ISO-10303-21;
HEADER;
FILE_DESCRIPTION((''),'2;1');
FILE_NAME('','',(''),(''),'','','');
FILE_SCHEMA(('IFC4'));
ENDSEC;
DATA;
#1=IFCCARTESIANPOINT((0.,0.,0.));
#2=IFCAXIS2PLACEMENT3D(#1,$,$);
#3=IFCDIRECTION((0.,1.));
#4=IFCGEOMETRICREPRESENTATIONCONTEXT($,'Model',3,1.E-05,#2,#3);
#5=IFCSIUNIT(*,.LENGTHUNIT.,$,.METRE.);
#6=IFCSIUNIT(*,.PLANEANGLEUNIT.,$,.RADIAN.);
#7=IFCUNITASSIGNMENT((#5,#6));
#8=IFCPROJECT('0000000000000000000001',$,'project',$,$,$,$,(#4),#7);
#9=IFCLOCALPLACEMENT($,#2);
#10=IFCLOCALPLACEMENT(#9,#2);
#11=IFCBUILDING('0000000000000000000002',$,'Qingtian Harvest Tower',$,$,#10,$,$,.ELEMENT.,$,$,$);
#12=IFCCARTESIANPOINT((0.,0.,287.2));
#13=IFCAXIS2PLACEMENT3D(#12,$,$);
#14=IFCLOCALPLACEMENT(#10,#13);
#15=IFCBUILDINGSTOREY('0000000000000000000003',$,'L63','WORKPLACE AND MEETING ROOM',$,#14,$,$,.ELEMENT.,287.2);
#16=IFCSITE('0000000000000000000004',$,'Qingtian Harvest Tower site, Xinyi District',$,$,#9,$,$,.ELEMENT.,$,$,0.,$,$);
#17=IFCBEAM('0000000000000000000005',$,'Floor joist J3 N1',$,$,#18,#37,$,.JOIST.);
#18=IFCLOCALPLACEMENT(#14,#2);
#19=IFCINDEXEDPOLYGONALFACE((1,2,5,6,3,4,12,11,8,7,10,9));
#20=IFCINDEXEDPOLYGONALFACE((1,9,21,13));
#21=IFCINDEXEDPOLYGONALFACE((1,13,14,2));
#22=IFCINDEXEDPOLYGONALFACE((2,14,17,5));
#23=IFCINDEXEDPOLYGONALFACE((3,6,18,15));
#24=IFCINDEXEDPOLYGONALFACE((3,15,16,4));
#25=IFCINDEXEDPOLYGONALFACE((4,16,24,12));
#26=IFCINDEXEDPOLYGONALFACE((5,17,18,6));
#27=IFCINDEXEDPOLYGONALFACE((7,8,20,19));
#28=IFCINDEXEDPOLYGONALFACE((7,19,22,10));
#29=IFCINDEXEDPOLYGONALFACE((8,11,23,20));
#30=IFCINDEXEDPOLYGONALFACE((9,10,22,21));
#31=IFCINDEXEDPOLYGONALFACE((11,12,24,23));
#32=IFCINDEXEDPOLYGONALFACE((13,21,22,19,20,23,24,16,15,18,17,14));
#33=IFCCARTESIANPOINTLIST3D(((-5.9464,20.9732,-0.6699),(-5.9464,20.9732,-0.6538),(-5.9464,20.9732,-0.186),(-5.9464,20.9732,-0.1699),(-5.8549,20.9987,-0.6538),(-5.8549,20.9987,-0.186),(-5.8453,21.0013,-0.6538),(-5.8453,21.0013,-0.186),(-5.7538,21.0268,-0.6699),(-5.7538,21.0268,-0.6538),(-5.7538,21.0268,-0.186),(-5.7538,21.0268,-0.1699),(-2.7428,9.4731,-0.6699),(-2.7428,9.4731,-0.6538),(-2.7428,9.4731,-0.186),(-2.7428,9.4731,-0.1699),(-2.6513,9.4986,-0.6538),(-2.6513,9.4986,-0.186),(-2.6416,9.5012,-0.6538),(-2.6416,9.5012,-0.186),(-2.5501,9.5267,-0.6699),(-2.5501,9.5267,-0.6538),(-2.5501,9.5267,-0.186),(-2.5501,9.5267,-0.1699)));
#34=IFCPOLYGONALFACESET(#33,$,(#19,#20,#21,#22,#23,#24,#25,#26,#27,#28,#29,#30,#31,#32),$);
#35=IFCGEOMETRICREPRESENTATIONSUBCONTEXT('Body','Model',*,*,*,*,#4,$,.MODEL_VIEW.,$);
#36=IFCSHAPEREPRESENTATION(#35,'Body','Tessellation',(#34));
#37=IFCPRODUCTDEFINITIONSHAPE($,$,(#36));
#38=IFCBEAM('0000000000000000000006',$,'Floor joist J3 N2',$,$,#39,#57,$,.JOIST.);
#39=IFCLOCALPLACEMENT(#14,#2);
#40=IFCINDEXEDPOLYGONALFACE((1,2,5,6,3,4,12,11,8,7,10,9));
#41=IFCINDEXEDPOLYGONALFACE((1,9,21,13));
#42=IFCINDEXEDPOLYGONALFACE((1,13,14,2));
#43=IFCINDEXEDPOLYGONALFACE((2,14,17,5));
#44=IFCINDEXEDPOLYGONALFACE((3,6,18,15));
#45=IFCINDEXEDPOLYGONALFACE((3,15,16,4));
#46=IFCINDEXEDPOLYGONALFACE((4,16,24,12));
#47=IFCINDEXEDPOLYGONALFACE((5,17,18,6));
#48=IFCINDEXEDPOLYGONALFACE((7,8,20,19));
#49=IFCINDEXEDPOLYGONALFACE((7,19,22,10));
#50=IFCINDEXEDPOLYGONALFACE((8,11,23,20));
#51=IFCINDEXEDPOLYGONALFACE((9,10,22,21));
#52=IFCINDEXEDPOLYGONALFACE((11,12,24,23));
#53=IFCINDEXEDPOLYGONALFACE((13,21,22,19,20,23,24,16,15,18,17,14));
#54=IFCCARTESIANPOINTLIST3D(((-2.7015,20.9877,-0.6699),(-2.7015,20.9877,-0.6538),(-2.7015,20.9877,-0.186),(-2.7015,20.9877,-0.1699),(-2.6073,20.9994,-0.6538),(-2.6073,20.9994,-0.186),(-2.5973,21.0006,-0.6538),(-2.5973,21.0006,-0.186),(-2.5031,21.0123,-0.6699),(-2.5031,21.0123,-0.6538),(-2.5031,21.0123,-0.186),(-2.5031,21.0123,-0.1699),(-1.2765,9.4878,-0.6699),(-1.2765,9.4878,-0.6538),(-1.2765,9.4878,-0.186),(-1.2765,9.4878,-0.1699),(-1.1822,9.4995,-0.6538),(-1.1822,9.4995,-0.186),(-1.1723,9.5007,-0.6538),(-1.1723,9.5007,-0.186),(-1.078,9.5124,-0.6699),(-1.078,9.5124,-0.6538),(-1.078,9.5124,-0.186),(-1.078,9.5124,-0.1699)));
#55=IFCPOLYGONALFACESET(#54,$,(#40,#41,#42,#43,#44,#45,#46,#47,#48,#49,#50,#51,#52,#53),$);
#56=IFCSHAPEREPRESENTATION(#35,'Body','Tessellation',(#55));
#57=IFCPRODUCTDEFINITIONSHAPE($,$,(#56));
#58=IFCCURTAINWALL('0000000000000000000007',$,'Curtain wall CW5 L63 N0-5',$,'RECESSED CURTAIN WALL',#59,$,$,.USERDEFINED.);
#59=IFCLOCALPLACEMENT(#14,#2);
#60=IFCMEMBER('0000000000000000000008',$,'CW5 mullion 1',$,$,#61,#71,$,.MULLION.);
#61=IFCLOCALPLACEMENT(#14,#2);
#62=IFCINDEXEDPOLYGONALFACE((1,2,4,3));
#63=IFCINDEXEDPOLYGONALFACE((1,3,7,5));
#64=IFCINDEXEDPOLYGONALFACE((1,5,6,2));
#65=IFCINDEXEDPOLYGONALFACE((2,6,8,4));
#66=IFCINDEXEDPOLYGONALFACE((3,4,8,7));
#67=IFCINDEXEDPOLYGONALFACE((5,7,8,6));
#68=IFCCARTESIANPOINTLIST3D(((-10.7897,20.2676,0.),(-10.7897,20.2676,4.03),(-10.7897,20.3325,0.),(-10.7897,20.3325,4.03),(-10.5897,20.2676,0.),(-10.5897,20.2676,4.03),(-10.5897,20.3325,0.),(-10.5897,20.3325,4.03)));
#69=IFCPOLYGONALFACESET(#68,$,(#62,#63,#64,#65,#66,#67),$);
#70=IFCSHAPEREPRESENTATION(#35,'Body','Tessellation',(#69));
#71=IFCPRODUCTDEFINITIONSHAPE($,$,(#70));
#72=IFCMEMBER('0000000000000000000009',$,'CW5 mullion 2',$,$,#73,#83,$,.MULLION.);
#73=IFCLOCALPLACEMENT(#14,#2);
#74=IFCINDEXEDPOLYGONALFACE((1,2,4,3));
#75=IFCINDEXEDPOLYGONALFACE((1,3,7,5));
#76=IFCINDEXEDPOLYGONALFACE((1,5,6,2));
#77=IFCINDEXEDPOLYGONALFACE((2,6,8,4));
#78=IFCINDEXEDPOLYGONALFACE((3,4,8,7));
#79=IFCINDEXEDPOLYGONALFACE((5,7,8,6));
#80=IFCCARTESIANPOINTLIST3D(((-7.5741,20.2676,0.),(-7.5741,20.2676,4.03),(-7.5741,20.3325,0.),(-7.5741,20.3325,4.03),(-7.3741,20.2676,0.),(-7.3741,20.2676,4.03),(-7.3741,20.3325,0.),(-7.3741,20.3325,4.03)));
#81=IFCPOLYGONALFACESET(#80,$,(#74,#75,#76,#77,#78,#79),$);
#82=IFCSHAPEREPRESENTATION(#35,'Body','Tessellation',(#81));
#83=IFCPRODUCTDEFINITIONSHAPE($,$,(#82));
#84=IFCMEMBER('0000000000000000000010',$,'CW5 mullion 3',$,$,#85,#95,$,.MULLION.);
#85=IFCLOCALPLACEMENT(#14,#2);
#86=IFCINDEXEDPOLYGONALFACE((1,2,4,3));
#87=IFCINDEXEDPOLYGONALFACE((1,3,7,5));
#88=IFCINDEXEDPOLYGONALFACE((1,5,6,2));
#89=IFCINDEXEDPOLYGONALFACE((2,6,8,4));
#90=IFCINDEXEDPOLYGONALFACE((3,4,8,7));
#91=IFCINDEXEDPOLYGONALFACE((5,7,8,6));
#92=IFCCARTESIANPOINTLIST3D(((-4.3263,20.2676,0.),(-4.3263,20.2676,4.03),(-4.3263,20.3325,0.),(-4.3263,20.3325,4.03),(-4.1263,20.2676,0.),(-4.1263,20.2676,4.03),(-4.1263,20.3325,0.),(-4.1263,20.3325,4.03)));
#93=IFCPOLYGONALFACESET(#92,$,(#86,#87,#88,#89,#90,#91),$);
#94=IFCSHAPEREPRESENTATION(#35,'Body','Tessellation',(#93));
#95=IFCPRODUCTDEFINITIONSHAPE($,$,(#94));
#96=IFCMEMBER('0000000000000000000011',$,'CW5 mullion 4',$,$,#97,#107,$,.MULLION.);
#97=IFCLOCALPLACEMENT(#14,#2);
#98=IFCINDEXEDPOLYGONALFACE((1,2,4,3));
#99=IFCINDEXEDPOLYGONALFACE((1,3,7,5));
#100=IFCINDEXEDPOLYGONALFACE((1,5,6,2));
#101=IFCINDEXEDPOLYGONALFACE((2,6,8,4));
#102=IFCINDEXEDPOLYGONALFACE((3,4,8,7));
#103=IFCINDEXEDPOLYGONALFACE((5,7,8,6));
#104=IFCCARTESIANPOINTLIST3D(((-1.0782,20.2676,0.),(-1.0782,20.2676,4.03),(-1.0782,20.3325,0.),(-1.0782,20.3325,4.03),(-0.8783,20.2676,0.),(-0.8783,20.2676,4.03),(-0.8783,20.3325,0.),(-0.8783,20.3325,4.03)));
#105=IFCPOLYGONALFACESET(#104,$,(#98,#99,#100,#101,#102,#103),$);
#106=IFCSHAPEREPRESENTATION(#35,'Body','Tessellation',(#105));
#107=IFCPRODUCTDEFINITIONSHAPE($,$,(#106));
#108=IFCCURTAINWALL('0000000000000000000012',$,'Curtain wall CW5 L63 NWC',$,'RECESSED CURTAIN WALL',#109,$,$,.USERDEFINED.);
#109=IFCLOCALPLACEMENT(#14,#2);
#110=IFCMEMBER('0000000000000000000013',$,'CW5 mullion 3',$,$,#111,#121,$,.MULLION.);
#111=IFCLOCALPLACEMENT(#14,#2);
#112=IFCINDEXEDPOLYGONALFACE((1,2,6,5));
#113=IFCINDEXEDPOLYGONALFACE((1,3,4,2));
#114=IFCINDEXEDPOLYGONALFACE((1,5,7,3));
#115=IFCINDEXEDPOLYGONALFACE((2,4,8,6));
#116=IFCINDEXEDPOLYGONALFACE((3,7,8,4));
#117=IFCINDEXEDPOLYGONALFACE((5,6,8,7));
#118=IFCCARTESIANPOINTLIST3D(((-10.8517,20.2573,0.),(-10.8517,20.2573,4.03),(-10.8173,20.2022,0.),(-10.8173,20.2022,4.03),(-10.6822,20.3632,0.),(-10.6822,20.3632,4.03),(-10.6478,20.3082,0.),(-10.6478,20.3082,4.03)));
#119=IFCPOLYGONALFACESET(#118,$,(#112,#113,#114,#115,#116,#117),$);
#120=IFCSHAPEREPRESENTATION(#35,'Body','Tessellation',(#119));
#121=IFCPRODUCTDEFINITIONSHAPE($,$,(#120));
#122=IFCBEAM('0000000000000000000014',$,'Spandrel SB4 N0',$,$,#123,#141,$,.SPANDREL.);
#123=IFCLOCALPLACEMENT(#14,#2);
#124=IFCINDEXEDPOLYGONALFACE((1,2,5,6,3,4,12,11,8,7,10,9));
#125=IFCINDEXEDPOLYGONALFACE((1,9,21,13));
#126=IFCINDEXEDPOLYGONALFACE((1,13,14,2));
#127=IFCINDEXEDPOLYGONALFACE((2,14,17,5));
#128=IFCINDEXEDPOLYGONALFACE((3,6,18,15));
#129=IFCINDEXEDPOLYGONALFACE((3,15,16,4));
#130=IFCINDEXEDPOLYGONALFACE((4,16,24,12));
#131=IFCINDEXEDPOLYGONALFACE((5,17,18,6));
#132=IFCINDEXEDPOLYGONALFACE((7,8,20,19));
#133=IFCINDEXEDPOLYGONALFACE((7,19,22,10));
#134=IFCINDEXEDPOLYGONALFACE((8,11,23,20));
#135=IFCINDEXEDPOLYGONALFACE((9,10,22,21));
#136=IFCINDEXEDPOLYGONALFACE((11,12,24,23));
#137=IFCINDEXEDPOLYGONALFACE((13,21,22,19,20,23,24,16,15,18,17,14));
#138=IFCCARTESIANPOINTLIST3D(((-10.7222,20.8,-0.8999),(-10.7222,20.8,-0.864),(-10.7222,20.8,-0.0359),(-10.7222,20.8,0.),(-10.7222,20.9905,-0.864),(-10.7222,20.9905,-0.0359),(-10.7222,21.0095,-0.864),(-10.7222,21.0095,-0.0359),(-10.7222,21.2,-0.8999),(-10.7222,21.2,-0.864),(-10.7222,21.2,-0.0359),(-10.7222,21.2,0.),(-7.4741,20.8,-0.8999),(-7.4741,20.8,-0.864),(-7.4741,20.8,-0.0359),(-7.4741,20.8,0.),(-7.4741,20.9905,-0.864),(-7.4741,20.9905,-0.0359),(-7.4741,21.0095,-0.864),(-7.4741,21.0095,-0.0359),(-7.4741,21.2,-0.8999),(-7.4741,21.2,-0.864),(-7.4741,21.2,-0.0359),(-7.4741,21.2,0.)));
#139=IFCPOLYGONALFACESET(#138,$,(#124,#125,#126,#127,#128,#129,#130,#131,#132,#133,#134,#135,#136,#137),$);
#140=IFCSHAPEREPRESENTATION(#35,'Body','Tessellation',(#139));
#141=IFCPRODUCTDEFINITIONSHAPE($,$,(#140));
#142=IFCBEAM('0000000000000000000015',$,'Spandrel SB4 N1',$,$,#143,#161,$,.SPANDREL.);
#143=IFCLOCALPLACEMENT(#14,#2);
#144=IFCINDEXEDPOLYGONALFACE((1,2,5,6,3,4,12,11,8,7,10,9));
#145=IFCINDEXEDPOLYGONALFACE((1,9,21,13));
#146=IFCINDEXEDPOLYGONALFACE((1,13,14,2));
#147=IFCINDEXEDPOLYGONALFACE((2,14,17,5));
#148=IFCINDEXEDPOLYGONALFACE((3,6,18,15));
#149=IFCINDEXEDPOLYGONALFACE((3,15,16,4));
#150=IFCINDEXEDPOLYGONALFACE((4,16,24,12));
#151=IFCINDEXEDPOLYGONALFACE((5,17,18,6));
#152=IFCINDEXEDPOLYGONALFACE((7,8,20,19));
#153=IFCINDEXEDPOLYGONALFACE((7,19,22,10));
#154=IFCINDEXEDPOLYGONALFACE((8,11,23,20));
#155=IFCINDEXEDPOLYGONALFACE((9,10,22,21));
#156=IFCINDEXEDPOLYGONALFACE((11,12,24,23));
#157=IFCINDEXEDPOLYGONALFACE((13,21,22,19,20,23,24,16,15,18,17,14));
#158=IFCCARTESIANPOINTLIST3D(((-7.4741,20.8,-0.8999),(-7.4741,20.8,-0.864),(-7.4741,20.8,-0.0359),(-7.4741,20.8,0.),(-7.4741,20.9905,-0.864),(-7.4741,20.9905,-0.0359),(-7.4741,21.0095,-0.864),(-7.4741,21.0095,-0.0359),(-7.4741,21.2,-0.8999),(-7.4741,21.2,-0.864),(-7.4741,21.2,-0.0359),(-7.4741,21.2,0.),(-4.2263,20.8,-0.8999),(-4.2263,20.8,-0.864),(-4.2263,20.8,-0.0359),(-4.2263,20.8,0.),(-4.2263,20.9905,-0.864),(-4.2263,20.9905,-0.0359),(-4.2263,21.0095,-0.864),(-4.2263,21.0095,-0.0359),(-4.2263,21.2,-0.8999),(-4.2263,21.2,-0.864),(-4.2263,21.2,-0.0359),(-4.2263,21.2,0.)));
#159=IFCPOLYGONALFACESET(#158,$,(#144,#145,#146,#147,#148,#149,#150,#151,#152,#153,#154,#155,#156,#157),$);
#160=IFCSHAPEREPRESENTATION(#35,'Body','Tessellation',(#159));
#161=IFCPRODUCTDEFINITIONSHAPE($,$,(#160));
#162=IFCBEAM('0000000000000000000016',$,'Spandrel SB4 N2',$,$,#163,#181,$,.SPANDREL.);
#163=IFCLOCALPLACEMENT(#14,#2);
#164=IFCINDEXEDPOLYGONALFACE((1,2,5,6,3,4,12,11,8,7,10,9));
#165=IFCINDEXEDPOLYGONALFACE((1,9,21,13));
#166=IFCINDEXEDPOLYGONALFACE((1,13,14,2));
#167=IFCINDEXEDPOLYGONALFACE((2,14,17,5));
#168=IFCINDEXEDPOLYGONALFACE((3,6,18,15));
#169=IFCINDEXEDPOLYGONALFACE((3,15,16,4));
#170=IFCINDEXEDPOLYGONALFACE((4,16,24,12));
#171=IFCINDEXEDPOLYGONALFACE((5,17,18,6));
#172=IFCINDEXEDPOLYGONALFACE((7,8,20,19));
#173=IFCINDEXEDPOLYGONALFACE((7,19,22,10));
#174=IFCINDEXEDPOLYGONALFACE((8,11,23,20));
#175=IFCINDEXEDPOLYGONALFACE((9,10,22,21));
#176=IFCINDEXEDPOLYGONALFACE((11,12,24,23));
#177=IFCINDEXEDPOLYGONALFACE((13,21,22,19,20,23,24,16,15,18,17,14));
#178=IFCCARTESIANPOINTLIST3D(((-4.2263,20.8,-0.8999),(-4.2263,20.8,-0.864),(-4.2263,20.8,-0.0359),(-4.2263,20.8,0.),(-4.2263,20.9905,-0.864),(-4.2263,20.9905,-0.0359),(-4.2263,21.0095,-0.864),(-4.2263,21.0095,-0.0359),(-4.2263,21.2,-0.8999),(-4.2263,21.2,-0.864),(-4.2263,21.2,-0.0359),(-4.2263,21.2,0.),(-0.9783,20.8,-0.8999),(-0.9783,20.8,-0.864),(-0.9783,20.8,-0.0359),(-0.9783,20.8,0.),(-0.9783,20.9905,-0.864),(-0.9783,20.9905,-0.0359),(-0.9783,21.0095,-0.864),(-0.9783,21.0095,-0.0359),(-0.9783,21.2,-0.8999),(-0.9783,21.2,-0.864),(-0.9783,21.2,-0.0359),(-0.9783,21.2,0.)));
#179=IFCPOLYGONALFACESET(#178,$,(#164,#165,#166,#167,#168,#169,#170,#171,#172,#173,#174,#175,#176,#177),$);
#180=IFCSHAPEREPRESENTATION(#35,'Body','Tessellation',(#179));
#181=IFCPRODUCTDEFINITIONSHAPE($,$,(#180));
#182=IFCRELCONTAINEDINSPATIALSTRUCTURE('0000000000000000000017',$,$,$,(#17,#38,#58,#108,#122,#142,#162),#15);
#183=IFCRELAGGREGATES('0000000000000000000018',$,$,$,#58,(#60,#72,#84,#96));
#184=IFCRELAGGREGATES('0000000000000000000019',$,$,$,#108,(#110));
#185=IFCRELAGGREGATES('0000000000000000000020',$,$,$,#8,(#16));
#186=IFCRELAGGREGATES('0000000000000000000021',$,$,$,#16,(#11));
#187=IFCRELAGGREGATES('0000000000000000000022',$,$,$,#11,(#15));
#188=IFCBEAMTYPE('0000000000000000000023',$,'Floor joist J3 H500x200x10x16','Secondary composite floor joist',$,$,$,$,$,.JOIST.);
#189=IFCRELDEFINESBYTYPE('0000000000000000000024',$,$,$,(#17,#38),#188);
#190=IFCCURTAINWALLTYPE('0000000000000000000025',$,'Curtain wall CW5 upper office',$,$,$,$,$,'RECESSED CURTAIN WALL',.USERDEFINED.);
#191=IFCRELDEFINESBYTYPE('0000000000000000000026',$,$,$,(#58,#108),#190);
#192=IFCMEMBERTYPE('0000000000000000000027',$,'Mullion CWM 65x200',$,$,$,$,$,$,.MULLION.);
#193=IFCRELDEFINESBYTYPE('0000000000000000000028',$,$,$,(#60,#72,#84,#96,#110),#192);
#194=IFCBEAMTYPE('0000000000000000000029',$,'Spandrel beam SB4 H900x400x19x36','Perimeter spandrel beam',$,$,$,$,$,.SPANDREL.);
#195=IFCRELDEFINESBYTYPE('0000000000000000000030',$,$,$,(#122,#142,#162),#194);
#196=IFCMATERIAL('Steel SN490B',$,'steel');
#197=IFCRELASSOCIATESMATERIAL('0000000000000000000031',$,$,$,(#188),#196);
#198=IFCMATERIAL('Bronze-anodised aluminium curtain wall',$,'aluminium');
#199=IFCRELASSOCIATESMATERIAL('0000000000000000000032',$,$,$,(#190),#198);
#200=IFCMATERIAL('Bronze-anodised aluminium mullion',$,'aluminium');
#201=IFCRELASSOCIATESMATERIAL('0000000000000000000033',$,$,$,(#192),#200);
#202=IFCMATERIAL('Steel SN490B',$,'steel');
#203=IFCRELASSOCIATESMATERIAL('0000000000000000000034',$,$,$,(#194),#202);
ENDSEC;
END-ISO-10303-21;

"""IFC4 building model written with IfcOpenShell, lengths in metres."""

from ifc_helpers import new_model, si_unit, direction, frame, origin, origin_2d, place, context, subcontext, project, spatial, rectangle, i_section, extrude, material, material_profile, profile_set, type_object, element, aggregate, save


model = new_model("IFC4")

# Units and contexts
model_context = context("Model", 3, precision=1e-05, world=origin(), true_north=direction((0.0, 1.0)))
body_context = subcontext(model_context, "Body", "Model", "MODEL_VIEW")
ifc_project = project(units=[si_unit("LENGTHUNIT", "METRE"), si_unit("PLANEANGLEUNIT", "RADIAN")], contexts=[model_context])

# Site, building, storey
site_placement = place(None, origin())
site = spatial("IfcSite", under=ifc_project, at=site_placement, Name="Qingtian Harvest Tower site, Xinyi District", CompositionType="ELEMENT", RefElevation=0.0)
building_placement = place(site_placement, origin())
building = spatial("IfcBuilding", under=site, at=building_placement, Name="Qingtian Harvest Tower", CompositionType="ELEMENT")
storey_placement = place(building_placement, frame((0.0, 0.0, 287.2)))
storey = spatial("IfcBuildingStorey", under=building, at=storey_placement, Name="L63", Description="WORKPLACE AND MEETING ROOM", CompositionType="ELEMENT", Elevation=287.2)

# Beams
ifc_material_1 = material(Name="Steel SN490B", Category="steel")
ifc_material_profile_1 = material_profile(ifc_material_1, i_section(OverallWidth=0.2, OverallDepth=0.5, WebThickness=0.01, FlangeThickness=0.0161, at=origin_2d()), Name="H500x200x10x16")
ifc_profile_set_1 = profile_set([ifc_material_profile_1], Name="Steel SN490B")
beam_type_1 = type_object("IfcBeamType", Name="Floor joist J3 H500x200x10x16", Description="Secondary composite floor joist", PredefinedType="JOIST", material=ifc_profile_set_1)
beam_1_placement = place(storey_placement, frame((-5.8501, 21.0, -0.4199), z_axis=(0.268357, -0.96332, 0.0), x_axis=(0.96332, 0.268357, 0.0)))
element("IfcBeam", 1, at=beam_1_placement, inside=storey, type_object=beam_type_1, Name="Floor joist J3 N1", PredefinedType="JOIST", context=body_context, shape_type="SweptSolid", body=[
    extrude(i_section(OverallWidth=0.2, OverallDepth=0.5, WebThickness=0.01, FlangeThickness=0.0161, at=origin_2d()), origin(), (0.0, 0.0, 1.0), 11.938),
])
beam_2_placement = place(storey_placement, frame((-2.6023, 21.0, -0.4199), z_axis=(0.122977, -0.99241, 0.0), x_axis=(0.99241, 0.122977, 0.0)))
element("IfcBeam", 2, at=beam_2_placement, inside=storey, type_object=beam_type_1, Name="Floor joist J3 N2", PredefinedType="JOIST", context=body_context, shape_type="SweptSolid", body=[
    extrude(i_section(OverallWidth=0.2, OverallDepth=0.5, WebThickness=0.01, FlangeThickness=0.0161, at=origin_2d()), origin(), (0.0, 0.0, 1.0), 11.5879),
])

# Curtain wall, members
ifc_material_2 = material(Name="Bronze-anodised aluminium curtain wall", Category="aluminium")
curtain_wall_type = type_object("IfcCurtainWallType", Name="Curtain wall CW5 upper office", ElementType="RECESSED CURTAIN WALL", PredefinedType="USERDEFINED", material=ifc_material_2)
curtain_wall_1_placement = place(storey_placement, origin())
curtain_wall_1 = element("IfcCurtainWall", 3, at=curtain_wall_1_placement, inside=storey, type_object=curtain_wall_type, Name="Curtain wall CW5 L63 N0-5", ObjectType="RECESSED CURTAIN WALL", PredefinedType="USERDEFINED")
ifc_material_3 = material(Name="Bronze-anodised aluminium mullion", Category="aluminium")
ifc_material_profile_2 = material_profile(ifc_material_3, rectangle(XDim=0.0649, YDim=0.2, at=origin_2d()), Name="AL 65x200")
ifc_profile_set_2 = profile_set([ifc_material_profile_2], Name="Bronze-anodised aluminium mullion")
member_type_1 = type_object("IfcMemberType", Name="Mullion CWM 65x200", PredefinedType="MULLION", material=ifc_profile_set_2)
member_1_placement = place(storey_placement, frame((-10.6897, 20.3, 0.0), z_axis=(0.0, 0.0, 1.0), x_axis=(0.0, 1.0, 0.0)))
member_1 = element("IfcMember", 4, at=member_1_placement, type_object=member_type_1, Name="CW5 mullion 1", PredefinedType="MULLION", context=body_context, shape_type="SweptSolid", body=[
    extrude(rectangle(XDim=0.0649, YDim=0.2, at=origin_2d()), origin(), (0.0, 0.0, 1.0), 4.03),
])
member_2_placement = place(storey_placement, frame((-7.4741, 20.3, 0.0), z_axis=(0.0, 0.0, 1.0), x_axis=(0.0, 1.0, 0.0)))
member_2 = element("IfcMember", 5, at=member_2_placement, type_object=member_type_1, Name="CW5 mullion 2", PredefinedType="MULLION", context=body_context, shape_type="SweptSolid", body=[
    extrude(rectangle(XDim=0.0649, YDim=0.2, at=origin_2d()), origin(), (0.0, 0.0, 1.0), 4.03),
])
member_3_placement = place(storey_placement, frame((-4.2263, 20.3, 0.0), z_axis=(0.0, 0.0, 1.0), x_axis=(0.0, 1.0, 0.0)))
member_3 = element("IfcMember", 6, at=member_3_placement, type_object=member_type_1, Name="CW5 mullion 3", PredefinedType="MULLION", context=body_context, shape_type="SweptSolid", body=[
    extrude(rectangle(XDim=0.0649, YDim=0.2, at=origin_2d()), origin(), (0.0, 0.0, 1.0), 4.03),
])
member_4_placement = place(storey_placement, frame((-0.9783, 20.3, 0.0), z_axis=(0.0, 0.0, 1.0), x_axis=(0.0, 1.0, 0.0)))
member_4 = element("IfcMember", 7, at=member_4_placement, type_object=member_type_1, Name="CW5 mullion 4", PredefinedType="MULLION", context=body_context, shape_type="SweptSolid", body=[
    extrude(rectangle(XDim=0.0649, YDim=0.2, at=origin_2d()), origin(), (0.0, 0.0, 1.0), 4.03),
])

# Curtain wall, member
curtain_wall_2_placement = place(storey_placement, origin())
curtain_wall_2 = element("IfcCurtainWall", 8, at=curtain_wall_2_placement, inside=storey, type_object=curtain_wall_type, Name="Curtain wall CW5 L63 NWC", ObjectType="RECESSED CURTAIN WALL", PredefinedType="USERDEFINED")
member_5_placement = place(storey_placement, frame((-10.7498, 20.2827, 0.0), z_axis=(0.0, 0.0, 1.0), x_axis=(-0.529919, 0.848048, 0.0)))
member_5 = element("IfcMember", 9, at=member_5_placement, type_object=member_type_1, Name="CW5 mullion 3", PredefinedType="MULLION", context=body_context, shape_type="SweptSolid", body=[
    extrude(rectangle(XDim=0.0649, YDim=0.2, at=origin_2d()), origin(), (0.0, 0.0, 1.0), 4.03),
])

# Beams
ifc_material_4 = material(Name="Steel SN490B", Category="steel")
ifc_material_profile_3 = material_profile(ifc_material_4, i_section(OverallWidth=0.3999, OverallDepth=0.8999, WebThickness=0.019, FlangeThickness=0.0359, at=origin_2d()), Name="H900x400x19x36")
ifc_profile_set_3 = profile_set([ifc_material_profile_3], Name="Steel SN490B")
beam_type_2 = type_object("IfcBeamType", Name="Spandrel beam SB4 H900x400x19x36", Description="Perimeter spandrel beam", PredefinedType="SPANDREL", material=ifc_profile_set_3)
beam_3_placement = place(storey_placement, frame((-10.7222, 21.0, -0.45), z_axis=(1.0, 0.0, 0.0), x_axis=(0.0, 1.0, 0.0)))
element("IfcBeam", 10, at=beam_3_placement, inside=storey, type_object=beam_type_2, Name="Spandrel SB4 N0", PredefinedType="SPANDREL", context=body_context, shape_type="SweptSolid", body=[
    extrude(i_section(OverallWidth=0.3999, OverallDepth=0.8999, WebThickness=0.019, FlangeThickness=0.0359, at=origin_2d()), origin(), (0.0, 0.0, 1.0), 3.248),
])
beam_4_placement = place(storey_placement, frame((-7.4741, 21.0, -0.45), z_axis=(1.0, 0.0, 0.0), x_axis=(0.0, 1.0, 0.0)))
element("IfcBeam", 11, at=beam_4_placement, inside=storey, type_object=beam_type_2, Name="Spandrel SB4 N1", PredefinedType="SPANDREL", context=body_context, shape_type="SweptSolid", body=[
    extrude(i_section(OverallWidth=0.3999, OverallDepth=0.8999, WebThickness=0.019, FlangeThickness=0.0359, at=origin_2d()), origin(), (0.0, 0.0, 1.0), 3.2478),
])
for number, where, z_axis, x_axis, name in (
    (12, (-4.2263, 21.0, -0.45), (1.0, 0.0, 0.0), (0.0, 1.0, 0.0), "Spandrel SB4 N2"),
):
    element("IfcBeam", number, at=place(storey_placement, frame(where, z_axis=z_axis, x_axis=x_axis)), inside=storey, type_object=beam_type_2, Name=name, PredefinedType="SPANDREL", context=body_context, shape_type="SweptSolid", body=[
        extrude(i_section(OverallWidth=0.3999, OverallDepth=0.8999, WebThickness=0.019, FlangeThickness=0.0359, at=origin_2d()), origin(), (0.0, 0.0, 1.0), 3.248),
    ])

aggregate(curtain_wall_1, [member_1, member_2, member_3, member_4])
aggregate(curtain_wall_2, [member_5])

save(model, "model.ifc")
